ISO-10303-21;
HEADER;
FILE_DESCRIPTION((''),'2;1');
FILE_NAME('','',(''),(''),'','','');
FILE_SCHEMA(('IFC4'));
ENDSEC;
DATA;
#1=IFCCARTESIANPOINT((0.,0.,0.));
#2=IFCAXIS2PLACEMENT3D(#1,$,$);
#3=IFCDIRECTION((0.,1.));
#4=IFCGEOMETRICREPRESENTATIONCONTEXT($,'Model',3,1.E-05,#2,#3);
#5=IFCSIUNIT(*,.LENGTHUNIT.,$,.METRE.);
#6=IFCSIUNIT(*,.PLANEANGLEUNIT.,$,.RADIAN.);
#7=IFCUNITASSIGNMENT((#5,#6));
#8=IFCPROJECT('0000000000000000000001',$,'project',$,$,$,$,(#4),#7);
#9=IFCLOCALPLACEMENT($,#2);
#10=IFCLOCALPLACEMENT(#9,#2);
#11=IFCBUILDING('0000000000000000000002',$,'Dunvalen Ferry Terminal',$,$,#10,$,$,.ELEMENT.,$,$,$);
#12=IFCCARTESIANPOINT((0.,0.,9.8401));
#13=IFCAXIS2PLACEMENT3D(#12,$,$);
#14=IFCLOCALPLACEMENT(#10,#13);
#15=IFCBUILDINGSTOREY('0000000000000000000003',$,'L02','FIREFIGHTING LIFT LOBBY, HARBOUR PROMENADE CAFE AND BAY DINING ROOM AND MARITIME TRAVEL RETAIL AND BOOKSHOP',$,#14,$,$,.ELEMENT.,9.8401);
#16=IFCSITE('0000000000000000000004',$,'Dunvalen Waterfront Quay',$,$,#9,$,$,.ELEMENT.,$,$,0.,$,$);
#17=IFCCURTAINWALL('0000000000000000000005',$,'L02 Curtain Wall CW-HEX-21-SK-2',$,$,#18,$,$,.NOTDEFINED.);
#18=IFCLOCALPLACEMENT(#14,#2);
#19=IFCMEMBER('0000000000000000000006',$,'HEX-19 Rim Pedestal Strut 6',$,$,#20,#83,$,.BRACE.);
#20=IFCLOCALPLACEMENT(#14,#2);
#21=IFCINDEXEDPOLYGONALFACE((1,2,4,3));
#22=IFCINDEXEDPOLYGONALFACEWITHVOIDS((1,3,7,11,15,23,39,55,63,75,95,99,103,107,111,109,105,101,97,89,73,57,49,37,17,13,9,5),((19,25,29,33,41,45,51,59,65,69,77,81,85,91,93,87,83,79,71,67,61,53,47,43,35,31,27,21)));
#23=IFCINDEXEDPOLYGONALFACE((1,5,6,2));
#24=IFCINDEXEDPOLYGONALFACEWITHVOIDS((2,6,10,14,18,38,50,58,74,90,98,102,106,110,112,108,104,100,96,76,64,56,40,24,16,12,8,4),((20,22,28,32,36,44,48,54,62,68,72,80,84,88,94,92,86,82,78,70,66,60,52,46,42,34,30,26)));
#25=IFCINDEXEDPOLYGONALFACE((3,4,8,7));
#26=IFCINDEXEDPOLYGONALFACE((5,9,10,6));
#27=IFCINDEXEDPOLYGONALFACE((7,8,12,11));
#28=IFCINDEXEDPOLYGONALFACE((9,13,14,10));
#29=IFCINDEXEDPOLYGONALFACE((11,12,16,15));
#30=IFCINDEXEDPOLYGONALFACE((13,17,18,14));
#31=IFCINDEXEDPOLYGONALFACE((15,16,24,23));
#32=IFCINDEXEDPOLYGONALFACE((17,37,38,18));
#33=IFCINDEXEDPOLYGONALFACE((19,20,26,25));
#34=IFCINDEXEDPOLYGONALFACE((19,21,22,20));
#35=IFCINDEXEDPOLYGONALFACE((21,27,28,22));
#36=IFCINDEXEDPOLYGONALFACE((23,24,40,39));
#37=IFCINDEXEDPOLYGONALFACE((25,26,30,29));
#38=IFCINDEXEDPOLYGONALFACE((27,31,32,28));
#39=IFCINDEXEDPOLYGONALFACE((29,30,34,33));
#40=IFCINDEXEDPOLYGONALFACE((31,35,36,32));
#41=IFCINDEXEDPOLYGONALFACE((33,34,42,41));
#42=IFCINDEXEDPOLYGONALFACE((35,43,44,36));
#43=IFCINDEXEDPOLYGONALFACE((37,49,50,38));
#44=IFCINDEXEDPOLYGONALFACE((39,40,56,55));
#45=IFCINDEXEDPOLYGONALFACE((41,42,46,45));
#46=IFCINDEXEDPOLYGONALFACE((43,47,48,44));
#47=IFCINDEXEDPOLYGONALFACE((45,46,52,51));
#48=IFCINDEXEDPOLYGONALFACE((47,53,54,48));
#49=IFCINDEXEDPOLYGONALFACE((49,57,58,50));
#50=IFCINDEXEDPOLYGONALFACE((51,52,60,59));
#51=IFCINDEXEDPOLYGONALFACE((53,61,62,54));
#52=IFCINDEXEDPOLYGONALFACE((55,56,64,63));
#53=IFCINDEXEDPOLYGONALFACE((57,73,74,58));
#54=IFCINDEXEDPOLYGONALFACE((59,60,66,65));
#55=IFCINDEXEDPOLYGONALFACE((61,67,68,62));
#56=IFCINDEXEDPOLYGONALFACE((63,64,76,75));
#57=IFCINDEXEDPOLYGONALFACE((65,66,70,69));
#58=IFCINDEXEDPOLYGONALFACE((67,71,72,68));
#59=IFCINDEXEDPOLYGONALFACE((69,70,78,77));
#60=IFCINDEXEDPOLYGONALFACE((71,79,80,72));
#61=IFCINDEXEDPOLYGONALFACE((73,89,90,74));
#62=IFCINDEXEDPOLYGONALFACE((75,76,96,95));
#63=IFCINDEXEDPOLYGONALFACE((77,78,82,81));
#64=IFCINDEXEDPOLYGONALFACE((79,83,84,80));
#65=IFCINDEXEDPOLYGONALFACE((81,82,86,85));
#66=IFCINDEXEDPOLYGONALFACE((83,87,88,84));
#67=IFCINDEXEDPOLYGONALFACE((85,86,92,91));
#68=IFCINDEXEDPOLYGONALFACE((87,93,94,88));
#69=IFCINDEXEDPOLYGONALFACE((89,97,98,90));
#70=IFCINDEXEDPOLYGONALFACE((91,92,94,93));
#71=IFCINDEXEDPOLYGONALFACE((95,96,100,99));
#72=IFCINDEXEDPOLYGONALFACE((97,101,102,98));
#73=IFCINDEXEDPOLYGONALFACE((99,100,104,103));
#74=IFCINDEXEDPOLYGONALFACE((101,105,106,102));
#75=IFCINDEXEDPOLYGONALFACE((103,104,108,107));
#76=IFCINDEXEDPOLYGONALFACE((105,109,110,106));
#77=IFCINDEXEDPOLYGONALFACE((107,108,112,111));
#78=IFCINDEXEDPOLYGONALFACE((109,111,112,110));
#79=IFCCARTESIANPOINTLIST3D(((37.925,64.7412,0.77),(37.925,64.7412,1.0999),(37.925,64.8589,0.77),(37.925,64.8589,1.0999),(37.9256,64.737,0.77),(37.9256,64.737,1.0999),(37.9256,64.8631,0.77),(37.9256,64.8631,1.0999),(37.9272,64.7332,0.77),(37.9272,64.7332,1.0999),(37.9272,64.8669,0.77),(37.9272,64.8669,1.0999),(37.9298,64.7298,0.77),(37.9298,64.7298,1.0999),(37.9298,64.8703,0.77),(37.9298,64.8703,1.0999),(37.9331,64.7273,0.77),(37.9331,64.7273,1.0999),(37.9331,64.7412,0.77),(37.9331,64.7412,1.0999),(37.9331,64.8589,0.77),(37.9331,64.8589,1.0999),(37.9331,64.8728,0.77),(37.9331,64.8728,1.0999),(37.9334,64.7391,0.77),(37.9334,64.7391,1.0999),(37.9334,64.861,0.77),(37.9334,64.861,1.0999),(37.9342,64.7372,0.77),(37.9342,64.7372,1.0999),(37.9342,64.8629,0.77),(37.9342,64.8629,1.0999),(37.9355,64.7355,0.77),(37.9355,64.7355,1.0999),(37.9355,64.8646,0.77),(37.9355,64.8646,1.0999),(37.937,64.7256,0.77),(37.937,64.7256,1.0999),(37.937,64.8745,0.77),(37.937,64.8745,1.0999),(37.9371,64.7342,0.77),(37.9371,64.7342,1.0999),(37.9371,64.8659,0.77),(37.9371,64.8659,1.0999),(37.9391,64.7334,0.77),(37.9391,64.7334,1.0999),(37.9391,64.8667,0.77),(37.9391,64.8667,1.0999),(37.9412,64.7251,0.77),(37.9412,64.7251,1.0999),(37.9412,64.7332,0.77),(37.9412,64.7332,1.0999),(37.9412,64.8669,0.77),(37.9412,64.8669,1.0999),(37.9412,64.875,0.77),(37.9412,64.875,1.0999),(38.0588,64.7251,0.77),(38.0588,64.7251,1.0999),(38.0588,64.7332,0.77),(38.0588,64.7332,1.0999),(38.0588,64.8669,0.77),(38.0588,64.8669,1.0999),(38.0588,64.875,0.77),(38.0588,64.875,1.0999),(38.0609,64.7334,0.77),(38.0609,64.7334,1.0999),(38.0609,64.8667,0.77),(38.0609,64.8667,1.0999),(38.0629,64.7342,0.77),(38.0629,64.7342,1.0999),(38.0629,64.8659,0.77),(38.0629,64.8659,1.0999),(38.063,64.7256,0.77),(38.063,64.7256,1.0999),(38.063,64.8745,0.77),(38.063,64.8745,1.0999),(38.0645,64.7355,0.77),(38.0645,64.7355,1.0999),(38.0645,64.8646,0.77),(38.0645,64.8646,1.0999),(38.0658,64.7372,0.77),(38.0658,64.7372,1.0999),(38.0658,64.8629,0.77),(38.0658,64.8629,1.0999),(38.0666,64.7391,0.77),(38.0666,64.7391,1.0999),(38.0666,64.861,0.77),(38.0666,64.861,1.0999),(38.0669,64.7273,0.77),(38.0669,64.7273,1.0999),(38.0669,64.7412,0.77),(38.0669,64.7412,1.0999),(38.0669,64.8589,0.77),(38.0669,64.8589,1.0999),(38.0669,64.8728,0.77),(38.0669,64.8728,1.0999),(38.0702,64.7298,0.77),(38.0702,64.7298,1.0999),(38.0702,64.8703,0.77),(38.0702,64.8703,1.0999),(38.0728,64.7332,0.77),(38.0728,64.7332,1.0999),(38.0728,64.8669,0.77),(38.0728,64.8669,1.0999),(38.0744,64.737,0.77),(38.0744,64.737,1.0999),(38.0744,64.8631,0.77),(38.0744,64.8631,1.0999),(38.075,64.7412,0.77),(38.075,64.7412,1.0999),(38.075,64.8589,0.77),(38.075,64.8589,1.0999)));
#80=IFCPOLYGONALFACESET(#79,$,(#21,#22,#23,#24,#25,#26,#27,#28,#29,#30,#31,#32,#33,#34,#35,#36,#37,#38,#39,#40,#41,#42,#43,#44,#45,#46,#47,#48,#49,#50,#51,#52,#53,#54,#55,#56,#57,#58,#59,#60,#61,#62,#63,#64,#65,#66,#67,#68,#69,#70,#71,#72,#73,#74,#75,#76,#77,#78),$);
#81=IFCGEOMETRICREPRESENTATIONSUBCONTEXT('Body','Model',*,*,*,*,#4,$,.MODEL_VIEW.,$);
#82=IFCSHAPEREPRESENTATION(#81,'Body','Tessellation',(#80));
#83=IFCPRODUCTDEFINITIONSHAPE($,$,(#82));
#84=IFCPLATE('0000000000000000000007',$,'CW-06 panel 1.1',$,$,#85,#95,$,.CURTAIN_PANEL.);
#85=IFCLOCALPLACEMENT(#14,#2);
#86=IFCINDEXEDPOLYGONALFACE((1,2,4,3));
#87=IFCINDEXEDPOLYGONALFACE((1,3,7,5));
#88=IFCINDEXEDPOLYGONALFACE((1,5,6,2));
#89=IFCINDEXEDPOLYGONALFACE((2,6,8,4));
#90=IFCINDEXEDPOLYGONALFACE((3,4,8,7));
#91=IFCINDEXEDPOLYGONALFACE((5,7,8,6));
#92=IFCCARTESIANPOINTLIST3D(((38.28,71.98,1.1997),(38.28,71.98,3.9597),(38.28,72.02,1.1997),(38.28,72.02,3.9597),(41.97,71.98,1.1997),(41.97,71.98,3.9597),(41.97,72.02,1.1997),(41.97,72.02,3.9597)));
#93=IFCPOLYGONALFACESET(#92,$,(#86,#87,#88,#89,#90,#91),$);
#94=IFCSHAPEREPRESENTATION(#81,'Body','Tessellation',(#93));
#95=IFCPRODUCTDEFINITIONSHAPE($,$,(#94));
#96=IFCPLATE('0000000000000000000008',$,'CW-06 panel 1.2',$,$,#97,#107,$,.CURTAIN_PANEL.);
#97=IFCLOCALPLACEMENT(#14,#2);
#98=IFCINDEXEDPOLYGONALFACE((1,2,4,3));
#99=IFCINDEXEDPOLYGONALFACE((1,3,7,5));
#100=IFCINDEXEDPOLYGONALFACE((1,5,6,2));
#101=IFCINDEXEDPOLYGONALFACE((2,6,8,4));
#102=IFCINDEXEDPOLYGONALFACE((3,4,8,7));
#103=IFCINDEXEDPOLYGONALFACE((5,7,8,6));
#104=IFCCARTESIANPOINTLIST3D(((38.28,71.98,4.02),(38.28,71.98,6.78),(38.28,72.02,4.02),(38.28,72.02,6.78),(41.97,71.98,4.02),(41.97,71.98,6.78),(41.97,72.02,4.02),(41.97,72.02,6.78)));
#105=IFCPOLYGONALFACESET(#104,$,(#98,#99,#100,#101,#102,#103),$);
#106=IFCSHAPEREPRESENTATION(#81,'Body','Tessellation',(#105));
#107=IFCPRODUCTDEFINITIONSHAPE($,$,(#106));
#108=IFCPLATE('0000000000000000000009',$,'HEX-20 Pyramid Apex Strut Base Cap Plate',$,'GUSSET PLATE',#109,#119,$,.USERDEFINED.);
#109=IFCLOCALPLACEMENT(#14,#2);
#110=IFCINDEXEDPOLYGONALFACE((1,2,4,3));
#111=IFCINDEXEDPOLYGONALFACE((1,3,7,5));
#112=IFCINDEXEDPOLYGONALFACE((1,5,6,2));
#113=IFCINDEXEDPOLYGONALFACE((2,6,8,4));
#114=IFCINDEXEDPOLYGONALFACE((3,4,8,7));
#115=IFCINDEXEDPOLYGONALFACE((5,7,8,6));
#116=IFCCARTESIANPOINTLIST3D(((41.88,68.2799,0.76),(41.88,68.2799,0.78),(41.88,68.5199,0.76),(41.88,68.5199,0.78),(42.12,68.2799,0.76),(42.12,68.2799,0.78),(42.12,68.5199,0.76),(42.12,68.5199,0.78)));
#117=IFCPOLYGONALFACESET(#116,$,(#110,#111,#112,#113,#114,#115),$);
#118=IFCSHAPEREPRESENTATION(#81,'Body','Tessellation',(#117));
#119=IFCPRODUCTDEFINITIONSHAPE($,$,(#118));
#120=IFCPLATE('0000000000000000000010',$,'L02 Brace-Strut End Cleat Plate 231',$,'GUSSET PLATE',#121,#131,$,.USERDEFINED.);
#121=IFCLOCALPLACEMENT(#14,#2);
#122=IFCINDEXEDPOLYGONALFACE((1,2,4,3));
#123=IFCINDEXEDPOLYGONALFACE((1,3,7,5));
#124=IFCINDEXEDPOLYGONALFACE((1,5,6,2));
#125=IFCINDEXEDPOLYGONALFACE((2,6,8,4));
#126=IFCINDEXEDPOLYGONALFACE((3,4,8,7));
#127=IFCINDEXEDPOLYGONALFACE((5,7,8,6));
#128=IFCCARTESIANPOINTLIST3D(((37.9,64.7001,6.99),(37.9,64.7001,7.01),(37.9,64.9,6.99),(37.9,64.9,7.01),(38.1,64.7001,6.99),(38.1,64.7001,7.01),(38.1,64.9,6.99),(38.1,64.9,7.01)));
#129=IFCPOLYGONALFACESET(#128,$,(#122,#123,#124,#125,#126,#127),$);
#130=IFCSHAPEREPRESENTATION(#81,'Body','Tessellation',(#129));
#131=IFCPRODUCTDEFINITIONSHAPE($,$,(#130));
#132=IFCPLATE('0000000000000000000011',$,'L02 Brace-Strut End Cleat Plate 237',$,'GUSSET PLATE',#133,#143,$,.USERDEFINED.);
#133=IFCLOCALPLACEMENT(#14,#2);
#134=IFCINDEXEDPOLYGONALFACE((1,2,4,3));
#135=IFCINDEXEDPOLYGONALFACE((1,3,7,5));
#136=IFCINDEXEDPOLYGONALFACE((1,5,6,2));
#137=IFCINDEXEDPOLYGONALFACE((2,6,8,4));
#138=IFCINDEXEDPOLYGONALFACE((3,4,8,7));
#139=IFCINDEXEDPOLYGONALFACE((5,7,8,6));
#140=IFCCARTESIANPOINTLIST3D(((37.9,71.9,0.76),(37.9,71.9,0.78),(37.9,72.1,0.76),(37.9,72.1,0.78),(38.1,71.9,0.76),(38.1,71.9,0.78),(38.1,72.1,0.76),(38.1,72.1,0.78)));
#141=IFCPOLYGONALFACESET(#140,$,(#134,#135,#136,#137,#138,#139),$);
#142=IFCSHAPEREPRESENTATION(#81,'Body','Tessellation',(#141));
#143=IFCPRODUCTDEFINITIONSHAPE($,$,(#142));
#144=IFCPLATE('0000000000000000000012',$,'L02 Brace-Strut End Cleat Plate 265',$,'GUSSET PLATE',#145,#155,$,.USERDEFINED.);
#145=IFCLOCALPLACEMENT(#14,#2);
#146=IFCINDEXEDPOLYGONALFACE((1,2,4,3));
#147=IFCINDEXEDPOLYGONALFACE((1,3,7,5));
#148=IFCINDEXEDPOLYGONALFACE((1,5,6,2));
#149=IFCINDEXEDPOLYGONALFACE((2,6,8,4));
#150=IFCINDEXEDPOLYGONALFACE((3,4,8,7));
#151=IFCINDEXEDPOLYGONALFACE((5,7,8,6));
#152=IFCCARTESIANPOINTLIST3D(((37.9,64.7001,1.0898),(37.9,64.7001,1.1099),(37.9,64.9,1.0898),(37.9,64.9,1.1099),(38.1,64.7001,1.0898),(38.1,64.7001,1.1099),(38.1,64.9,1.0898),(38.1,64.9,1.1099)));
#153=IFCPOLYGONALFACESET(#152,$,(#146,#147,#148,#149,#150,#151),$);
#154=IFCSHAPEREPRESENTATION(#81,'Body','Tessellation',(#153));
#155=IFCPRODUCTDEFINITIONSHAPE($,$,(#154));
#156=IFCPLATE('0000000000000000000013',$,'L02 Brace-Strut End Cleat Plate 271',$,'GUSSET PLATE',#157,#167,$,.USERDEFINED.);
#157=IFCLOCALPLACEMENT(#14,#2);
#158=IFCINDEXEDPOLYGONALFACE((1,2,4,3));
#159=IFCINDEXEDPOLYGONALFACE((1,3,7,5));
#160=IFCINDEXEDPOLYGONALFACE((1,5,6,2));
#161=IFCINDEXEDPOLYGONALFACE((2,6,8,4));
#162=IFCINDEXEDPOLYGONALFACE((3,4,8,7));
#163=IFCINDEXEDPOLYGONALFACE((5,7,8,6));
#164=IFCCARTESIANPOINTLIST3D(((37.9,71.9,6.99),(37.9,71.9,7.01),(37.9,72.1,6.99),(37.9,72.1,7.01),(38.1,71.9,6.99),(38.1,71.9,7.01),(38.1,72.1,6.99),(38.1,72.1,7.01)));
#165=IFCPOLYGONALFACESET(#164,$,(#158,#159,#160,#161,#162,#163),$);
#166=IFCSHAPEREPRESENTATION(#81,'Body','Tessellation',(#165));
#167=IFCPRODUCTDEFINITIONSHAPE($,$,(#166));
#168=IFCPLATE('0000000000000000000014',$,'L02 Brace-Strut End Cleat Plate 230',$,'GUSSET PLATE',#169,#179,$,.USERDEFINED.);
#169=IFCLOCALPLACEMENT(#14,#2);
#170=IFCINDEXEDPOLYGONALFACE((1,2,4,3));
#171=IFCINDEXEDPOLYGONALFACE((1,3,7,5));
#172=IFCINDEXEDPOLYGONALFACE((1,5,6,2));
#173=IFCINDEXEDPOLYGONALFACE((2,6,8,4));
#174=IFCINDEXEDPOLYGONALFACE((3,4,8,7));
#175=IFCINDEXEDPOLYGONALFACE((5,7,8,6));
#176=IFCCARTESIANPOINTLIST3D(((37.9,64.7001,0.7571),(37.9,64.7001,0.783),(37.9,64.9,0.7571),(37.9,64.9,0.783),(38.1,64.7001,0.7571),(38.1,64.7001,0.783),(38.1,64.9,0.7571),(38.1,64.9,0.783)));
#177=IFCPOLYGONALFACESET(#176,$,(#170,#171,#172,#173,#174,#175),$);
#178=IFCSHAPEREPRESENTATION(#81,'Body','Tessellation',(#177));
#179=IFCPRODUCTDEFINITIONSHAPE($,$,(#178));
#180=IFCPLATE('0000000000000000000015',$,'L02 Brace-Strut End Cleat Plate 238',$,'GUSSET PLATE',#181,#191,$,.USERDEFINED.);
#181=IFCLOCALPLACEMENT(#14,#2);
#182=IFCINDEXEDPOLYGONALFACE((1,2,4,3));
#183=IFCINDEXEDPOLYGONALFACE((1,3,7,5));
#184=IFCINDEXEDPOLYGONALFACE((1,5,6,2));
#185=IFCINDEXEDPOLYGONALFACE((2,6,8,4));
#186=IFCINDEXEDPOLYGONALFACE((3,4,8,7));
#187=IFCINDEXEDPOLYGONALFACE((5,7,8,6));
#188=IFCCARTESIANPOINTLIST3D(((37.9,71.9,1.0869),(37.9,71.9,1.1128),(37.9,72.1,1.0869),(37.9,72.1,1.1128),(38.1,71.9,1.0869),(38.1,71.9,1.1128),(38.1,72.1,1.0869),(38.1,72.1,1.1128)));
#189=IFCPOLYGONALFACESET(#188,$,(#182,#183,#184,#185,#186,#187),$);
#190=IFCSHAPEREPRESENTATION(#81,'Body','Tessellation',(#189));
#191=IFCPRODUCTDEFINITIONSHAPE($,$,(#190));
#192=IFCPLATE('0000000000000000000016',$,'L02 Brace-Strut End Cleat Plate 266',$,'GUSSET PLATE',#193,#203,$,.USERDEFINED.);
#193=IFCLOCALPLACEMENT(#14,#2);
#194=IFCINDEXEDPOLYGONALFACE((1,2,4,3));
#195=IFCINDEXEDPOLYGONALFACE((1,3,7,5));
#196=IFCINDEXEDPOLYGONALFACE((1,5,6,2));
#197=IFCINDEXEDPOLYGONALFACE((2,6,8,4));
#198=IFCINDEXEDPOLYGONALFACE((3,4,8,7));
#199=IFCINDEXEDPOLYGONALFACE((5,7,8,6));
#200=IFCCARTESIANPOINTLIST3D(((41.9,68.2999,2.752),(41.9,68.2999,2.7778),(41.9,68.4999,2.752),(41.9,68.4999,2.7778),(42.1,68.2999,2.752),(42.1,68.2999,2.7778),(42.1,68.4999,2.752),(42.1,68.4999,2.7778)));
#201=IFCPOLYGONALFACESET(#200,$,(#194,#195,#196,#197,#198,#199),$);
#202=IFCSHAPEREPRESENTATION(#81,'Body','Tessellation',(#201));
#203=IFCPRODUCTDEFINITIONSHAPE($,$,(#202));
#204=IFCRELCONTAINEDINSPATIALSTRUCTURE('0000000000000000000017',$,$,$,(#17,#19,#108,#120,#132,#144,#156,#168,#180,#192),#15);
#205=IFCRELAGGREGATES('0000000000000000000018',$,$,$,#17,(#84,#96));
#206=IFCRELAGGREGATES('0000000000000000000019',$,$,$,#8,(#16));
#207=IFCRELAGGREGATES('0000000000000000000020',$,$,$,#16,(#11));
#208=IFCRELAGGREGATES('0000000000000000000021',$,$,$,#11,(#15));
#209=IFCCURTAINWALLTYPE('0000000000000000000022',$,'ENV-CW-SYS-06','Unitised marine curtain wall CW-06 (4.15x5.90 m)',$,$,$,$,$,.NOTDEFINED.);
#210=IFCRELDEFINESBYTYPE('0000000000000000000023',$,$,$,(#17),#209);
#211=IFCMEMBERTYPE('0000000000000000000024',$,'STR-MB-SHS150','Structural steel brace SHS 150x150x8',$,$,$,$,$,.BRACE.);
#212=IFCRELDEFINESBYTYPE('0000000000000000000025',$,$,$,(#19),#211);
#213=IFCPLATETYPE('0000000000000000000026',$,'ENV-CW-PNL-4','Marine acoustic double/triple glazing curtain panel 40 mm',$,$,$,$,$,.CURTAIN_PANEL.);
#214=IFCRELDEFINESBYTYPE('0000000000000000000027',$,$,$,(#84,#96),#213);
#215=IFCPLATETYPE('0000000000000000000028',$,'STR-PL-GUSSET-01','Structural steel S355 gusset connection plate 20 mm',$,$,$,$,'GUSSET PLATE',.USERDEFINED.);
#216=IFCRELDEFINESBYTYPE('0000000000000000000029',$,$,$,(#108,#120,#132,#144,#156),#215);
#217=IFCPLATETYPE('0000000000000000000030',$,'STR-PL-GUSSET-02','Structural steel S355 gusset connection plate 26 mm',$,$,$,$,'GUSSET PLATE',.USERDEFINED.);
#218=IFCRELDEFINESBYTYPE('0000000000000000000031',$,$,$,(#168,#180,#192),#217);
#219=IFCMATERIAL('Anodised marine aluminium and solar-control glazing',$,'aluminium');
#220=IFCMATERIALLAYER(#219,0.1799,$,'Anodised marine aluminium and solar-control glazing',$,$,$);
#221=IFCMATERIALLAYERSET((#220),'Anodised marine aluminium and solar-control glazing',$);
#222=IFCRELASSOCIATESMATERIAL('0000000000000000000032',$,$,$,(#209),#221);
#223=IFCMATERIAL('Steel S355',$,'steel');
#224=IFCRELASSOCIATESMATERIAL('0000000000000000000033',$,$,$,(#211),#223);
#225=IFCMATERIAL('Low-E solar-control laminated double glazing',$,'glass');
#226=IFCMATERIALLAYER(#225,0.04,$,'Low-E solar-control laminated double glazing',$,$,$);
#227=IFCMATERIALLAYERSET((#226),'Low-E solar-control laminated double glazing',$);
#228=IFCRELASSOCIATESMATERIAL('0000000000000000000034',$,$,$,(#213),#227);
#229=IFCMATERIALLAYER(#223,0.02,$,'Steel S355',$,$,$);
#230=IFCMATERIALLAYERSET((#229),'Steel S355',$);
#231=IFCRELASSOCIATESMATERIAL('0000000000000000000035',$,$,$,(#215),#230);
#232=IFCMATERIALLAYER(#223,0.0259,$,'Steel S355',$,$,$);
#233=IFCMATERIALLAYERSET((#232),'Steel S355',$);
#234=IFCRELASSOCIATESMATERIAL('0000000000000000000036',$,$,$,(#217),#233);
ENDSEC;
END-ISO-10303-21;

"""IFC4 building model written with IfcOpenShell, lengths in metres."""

from ifc_helpers import new_model, si_unit, direction, frame, origin, origin_2d, place, context, subcontext, project, spatial, rectangle, hollow_rectangle, extrude, material, layer, layer_set, material_profile, profile_set, type_object, element, aggregate, save


model = new_model("IFC4")

# Units and contexts
model_context = context("Model", 3, precision=1e-05, world=origin(), true_north=direction((0.0, 1.0)))
body_context = subcontext(model_context, "Body", "Model", "MODEL_VIEW")
ifc_project = project(units=[si_unit("LENGTHUNIT", "METRE"), si_unit("PLANEANGLEUNIT", "RADIAN")], contexts=[model_context])

# Site, building, storey
site_placement = place(None, origin())
site = spatial("IfcSite", under=ifc_project, at=site_placement, Name="Dunvalen Waterfront Quay", CompositionType="ELEMENT", RefElevation=0.0)
building_placement = place(site_placement, origin())
building = spatial("IfcBuilding", under=site, at=building_placement, Name="Dunvalen Ferry Terminal", CompositionType="ELEMENT")
storey_placement = place(building_placement, frame((0.0, 0.0, 9.8401)))
storey = spatial("IfcBuildingStorey", under=building, at=storey_placement, Name="L02", Description="FIREFIGHTING LIFT LOBBY, HARBOUR PROMENADE CAFE AND BAY DINING ROOM AND MARITIME TRAVEL RETAIL AND BOOKSHOP", CompositionType="ELEMENT", Elevation=9.8401)

# Curtain wall
ifc_material_1 = material(Name="Anodised marine aluminium and solar-control glazing", Category="aluminium")
ifc_layer_1 = layer(ifc_material_1, 0.1799, Name="Anodised marine aluminium and solar-control glazing")
ifc_layer_set_1 = layer_set([ifc_layer_1], Name="Anodised marine aluminium and solar-control glazing")
curtain_wall_type = type_object("IfcCurtainWallType", Name="ENV-CW-SYS-06", Description="Unitised marine curtain wall CW-06 (4.15x5.90 m)", PredefinedType="NOTDEFINED", material=ifc_layer_set_1)
curtain_wall_placement = place(storey_placement, origin())
curtain_wall = element("IfcCurtainWall", 1, at=curtain_wall_placement, inside=storey, type_object=curtain_wall_type, Name="L02 Curtain Wall CW-HEX-21-SK-2", PredefinedType="NOTDEFINED")

# Shared definitions
ifc_material_2 = material(Name="Steel S355", Category="steel")

# Member
ifc_material_profile_1 = material_profile(ifc_material_2, hollow_rectangle(XDim=0.1499, YDim=0.1499, WallThickness=0.0081, InnerFilletRadius=0.0081, OuterFilletRadius=0.0161, at=origin_2d()), Name="Steel S355")
ifc_profile_set_1 = profile_set([ifc_material_profile_1], Name="Steel S355")
member_type_1 = type_object("IfcMemberType", Name="STR-MB-SHS150", Description="Structural steel brace SHS 150x150x8", PredefinedType="BRACE", material=ifc_profile_set_1)
for number, where, z_axis, x_axis, name in (
    (2, (38.0, 64.8, 0.77), (0.0, 0.0, 1.0), (1.0, 0.0, 0.0), "HEX-19 Rim Pedestal Strut 6"),
):
    element("IfcMember", number, at=place(storey_placement, frame(where, z_axis=z_axis, x_axis=x_axis)), inside=storey, type_object=member_type_1, Name=name, PredefinedType="BRACE", context=body_context, shape_type="SweptSolid", body=[
        extrude(hollow_rectangle(XDim=0.1499, YDim=0.1499, WallThickness=0.0081, InnerFilletRadius=0.0081, OuterFilletRadius=0.0161, at=origin_2d()), origin(), (0.0, 0.0, 1.0), 0.3298),
    ])

# Plates
ifc_material_3 = material(Name="Low-E solar-control laminated double glazing", Category="glass")
ifc_layer_2 = layer(ifc_material_3, 0.04, Name="Low-E solar-control laminated double glazing")
ifc_layer_set_2 = layer_set([ifc_layer_2], Name="Low-E solar-control laminated double glazing")
plate_type_1 = type_object("IfcPlateType", Name="ENV-CW-PNL-4", Description="Marine acoustic double/triple glazing curtain panel 40 mm", PredefinedType="CURTAIN_PANEL", material=ifc_layer_set_2)
plate_1_placement = place(storey_placement, frame((40.125, 72.0, 1.1997), z_axis=(0.0, 0.0, 1.0), x_axis=(1.0, 0.0, 0.0)))
plate_1 = element("IfcPlate", 3, at=plate_1_placement, type_object=plate_type_1, Name="CW-06 panel 1.1", PredefinedType="CURTAIN_PANEL", context=body_context, shape_type="SweptSolid", body=[
    extrude(rectangle(XDim=3.6899, YDim=0.04, at=origin_2d()), origin(), (0.0, 0.0, 1.0), 2.76),
])
plate_2_placement = place(storey_placement, frame((40.125, 72.0, 4.02), z_axis=(0.0, 0.0, 1.0), x_axis=(1.0, 0.0, 0.0)))
plate_2 = element("IfcPlate", 4, at=plate_2_placement, type_object=plate_type_1, Name="CW-06 panel 1.2", PredefinedType="CURTAIN_PANEL", context=body_context, shape_type="SweptSolid", body=[
    extrude(rectangle(XDim=3.6899, YDim=0.04, at=origin_2d()), origin(), (0.0, 0.0, 1.0), 2.76),
])
aggregate(curtain_wall, [plate_1, plate_2])

# Plates
ifc_layer_3 = layer(ifc_material_2, 0.02, Name="Steel S355")
ifc_layer_set_3 = layer_set([ifc_layer_3], Name="Steel S355")
plate_type_2 = type_object("IfcPlateType", Name="STR-PL-GUSSET-01", Description="Structural steel S355 gusset connection plate 20 mm", ElementType="GUSSET PLATE", PredefinedType="USERDEFINED", material=ifc_layer_set_3)
plate_3_placement = place(storey_placement, frame((42.0, 68.3999, 0.76), z_axis=(0.0, 0.0, 1.0), x_axis=(1.0, 0.0, 0.0)))
element("IfcPlate", 5, at=plate_3_placement, inside=storey, type_object=plate_type_2, Name="HEX-20 Pyramid Apex Strut Base Cap Plate", ObjectType="GUSSET PLATE", PredefinedType="USERDEFINED", context=body_context, shape_type="SweptSolid", body=[
    extrude(rectangle(XDim=0.24, YDim=0.24, at=origin_2d()), origin(), (0.0, 0.0, 1.0), 0.02),
])
for number, where, z_axis, x_axis, name in (
    (6, (38.0, 64.8, 6.99), (0.0, 0.0, 1.0), (1.0, 0.0, 0.0), "L02 Brace-Strut End Cleat Plate 231"),
    (7, (38.0, 72.0, 0.76), (0.0, 0.0, 1.0), (1.0, 0.0, 0.0), "L02 Brace-Strut End Cleat Plate 237"),
    (8, (38.0, 64.8, 1.0898), (0.0, 0.0, 1.0), (1.0, 0.0, 0.0), "L02 Brace-Strut End Cleat Plate 265"),
    (9, (38.0, 72.0, 6.99), (0.0, 0.0, 1.0), (1.0, 0.0, 0.0), "L02 Brace-Strut End Cleat Plate 271"),
):
    element("IfcPlate", number, at=place(storey_placement, frame(where, z_axis=z_axis, x_axis=x_axis)), inside=storey, type_object=plate_type_2, Name=name, ObjectType="GUSSET PLATE", PredefinedType="USERDEFINED", context=body_context, shape_type="SweptSolid", body=[
        extrude(rectangle(XDim=0.2, YDim=0.2, at=origin_2d()), origin(), (0.0, 0.0, 1.0), 0.02),
    ])
ifc_layer_4 = layer(ifc_material_2, 0.0259, Name="Steel S355")
ifc_layer_set_4 = layer_set([ifc_layer_4], Name="Steel S355")
plate_type_3 = type_object("IfcPlateType", Name="STR-PL-GUSSET-02", Description="Structural steel S355 gusset connection plate 26 mm", ElementType="GUSSET PLATE", PredefinedType="USERDEFINED", material=ifc_layer_set_4)
for number, where, z_axis, x_axis, name in (
    (10, (38.0, 64.8, 0.7571), (0.0, 0.0, 1.0), (1.0, 0.0, 0.0), "L02 Brace-Strut End Cleat Plate 230"),
    (11, (38.0, 72.0, 1.0869), (0.0, 0.0, 1.0), (1.0, 0.0, 0.0), "L02 Brace-Strut End Cleat Plate 238"),
    (12, (42.0, 68.3999, 2.752), (0.0, 0.0, 1.0), (1.0, 0.0, 0.0), "L02 Brace-Strut End Cleat Plate 266"),
):
    element("IfcPlate", number, at=place(storey_placement, frame(where, z_axis=z_axis, x_axis=x_axis)), inside=storey, type_object=plate_type_3, Name=name, ObjectType="GUSSET PLATE", PredefinedType="USERDEFINED", context=body_context, shape_type="SweptSolid", body=[
        extrude(rectangle(XDim=0.2, YDim=0.2, at=origin_2d()), origin(), (0.0, 0.0, 1.0), 0.0259),
    ])

save(model, "model.ifc")
